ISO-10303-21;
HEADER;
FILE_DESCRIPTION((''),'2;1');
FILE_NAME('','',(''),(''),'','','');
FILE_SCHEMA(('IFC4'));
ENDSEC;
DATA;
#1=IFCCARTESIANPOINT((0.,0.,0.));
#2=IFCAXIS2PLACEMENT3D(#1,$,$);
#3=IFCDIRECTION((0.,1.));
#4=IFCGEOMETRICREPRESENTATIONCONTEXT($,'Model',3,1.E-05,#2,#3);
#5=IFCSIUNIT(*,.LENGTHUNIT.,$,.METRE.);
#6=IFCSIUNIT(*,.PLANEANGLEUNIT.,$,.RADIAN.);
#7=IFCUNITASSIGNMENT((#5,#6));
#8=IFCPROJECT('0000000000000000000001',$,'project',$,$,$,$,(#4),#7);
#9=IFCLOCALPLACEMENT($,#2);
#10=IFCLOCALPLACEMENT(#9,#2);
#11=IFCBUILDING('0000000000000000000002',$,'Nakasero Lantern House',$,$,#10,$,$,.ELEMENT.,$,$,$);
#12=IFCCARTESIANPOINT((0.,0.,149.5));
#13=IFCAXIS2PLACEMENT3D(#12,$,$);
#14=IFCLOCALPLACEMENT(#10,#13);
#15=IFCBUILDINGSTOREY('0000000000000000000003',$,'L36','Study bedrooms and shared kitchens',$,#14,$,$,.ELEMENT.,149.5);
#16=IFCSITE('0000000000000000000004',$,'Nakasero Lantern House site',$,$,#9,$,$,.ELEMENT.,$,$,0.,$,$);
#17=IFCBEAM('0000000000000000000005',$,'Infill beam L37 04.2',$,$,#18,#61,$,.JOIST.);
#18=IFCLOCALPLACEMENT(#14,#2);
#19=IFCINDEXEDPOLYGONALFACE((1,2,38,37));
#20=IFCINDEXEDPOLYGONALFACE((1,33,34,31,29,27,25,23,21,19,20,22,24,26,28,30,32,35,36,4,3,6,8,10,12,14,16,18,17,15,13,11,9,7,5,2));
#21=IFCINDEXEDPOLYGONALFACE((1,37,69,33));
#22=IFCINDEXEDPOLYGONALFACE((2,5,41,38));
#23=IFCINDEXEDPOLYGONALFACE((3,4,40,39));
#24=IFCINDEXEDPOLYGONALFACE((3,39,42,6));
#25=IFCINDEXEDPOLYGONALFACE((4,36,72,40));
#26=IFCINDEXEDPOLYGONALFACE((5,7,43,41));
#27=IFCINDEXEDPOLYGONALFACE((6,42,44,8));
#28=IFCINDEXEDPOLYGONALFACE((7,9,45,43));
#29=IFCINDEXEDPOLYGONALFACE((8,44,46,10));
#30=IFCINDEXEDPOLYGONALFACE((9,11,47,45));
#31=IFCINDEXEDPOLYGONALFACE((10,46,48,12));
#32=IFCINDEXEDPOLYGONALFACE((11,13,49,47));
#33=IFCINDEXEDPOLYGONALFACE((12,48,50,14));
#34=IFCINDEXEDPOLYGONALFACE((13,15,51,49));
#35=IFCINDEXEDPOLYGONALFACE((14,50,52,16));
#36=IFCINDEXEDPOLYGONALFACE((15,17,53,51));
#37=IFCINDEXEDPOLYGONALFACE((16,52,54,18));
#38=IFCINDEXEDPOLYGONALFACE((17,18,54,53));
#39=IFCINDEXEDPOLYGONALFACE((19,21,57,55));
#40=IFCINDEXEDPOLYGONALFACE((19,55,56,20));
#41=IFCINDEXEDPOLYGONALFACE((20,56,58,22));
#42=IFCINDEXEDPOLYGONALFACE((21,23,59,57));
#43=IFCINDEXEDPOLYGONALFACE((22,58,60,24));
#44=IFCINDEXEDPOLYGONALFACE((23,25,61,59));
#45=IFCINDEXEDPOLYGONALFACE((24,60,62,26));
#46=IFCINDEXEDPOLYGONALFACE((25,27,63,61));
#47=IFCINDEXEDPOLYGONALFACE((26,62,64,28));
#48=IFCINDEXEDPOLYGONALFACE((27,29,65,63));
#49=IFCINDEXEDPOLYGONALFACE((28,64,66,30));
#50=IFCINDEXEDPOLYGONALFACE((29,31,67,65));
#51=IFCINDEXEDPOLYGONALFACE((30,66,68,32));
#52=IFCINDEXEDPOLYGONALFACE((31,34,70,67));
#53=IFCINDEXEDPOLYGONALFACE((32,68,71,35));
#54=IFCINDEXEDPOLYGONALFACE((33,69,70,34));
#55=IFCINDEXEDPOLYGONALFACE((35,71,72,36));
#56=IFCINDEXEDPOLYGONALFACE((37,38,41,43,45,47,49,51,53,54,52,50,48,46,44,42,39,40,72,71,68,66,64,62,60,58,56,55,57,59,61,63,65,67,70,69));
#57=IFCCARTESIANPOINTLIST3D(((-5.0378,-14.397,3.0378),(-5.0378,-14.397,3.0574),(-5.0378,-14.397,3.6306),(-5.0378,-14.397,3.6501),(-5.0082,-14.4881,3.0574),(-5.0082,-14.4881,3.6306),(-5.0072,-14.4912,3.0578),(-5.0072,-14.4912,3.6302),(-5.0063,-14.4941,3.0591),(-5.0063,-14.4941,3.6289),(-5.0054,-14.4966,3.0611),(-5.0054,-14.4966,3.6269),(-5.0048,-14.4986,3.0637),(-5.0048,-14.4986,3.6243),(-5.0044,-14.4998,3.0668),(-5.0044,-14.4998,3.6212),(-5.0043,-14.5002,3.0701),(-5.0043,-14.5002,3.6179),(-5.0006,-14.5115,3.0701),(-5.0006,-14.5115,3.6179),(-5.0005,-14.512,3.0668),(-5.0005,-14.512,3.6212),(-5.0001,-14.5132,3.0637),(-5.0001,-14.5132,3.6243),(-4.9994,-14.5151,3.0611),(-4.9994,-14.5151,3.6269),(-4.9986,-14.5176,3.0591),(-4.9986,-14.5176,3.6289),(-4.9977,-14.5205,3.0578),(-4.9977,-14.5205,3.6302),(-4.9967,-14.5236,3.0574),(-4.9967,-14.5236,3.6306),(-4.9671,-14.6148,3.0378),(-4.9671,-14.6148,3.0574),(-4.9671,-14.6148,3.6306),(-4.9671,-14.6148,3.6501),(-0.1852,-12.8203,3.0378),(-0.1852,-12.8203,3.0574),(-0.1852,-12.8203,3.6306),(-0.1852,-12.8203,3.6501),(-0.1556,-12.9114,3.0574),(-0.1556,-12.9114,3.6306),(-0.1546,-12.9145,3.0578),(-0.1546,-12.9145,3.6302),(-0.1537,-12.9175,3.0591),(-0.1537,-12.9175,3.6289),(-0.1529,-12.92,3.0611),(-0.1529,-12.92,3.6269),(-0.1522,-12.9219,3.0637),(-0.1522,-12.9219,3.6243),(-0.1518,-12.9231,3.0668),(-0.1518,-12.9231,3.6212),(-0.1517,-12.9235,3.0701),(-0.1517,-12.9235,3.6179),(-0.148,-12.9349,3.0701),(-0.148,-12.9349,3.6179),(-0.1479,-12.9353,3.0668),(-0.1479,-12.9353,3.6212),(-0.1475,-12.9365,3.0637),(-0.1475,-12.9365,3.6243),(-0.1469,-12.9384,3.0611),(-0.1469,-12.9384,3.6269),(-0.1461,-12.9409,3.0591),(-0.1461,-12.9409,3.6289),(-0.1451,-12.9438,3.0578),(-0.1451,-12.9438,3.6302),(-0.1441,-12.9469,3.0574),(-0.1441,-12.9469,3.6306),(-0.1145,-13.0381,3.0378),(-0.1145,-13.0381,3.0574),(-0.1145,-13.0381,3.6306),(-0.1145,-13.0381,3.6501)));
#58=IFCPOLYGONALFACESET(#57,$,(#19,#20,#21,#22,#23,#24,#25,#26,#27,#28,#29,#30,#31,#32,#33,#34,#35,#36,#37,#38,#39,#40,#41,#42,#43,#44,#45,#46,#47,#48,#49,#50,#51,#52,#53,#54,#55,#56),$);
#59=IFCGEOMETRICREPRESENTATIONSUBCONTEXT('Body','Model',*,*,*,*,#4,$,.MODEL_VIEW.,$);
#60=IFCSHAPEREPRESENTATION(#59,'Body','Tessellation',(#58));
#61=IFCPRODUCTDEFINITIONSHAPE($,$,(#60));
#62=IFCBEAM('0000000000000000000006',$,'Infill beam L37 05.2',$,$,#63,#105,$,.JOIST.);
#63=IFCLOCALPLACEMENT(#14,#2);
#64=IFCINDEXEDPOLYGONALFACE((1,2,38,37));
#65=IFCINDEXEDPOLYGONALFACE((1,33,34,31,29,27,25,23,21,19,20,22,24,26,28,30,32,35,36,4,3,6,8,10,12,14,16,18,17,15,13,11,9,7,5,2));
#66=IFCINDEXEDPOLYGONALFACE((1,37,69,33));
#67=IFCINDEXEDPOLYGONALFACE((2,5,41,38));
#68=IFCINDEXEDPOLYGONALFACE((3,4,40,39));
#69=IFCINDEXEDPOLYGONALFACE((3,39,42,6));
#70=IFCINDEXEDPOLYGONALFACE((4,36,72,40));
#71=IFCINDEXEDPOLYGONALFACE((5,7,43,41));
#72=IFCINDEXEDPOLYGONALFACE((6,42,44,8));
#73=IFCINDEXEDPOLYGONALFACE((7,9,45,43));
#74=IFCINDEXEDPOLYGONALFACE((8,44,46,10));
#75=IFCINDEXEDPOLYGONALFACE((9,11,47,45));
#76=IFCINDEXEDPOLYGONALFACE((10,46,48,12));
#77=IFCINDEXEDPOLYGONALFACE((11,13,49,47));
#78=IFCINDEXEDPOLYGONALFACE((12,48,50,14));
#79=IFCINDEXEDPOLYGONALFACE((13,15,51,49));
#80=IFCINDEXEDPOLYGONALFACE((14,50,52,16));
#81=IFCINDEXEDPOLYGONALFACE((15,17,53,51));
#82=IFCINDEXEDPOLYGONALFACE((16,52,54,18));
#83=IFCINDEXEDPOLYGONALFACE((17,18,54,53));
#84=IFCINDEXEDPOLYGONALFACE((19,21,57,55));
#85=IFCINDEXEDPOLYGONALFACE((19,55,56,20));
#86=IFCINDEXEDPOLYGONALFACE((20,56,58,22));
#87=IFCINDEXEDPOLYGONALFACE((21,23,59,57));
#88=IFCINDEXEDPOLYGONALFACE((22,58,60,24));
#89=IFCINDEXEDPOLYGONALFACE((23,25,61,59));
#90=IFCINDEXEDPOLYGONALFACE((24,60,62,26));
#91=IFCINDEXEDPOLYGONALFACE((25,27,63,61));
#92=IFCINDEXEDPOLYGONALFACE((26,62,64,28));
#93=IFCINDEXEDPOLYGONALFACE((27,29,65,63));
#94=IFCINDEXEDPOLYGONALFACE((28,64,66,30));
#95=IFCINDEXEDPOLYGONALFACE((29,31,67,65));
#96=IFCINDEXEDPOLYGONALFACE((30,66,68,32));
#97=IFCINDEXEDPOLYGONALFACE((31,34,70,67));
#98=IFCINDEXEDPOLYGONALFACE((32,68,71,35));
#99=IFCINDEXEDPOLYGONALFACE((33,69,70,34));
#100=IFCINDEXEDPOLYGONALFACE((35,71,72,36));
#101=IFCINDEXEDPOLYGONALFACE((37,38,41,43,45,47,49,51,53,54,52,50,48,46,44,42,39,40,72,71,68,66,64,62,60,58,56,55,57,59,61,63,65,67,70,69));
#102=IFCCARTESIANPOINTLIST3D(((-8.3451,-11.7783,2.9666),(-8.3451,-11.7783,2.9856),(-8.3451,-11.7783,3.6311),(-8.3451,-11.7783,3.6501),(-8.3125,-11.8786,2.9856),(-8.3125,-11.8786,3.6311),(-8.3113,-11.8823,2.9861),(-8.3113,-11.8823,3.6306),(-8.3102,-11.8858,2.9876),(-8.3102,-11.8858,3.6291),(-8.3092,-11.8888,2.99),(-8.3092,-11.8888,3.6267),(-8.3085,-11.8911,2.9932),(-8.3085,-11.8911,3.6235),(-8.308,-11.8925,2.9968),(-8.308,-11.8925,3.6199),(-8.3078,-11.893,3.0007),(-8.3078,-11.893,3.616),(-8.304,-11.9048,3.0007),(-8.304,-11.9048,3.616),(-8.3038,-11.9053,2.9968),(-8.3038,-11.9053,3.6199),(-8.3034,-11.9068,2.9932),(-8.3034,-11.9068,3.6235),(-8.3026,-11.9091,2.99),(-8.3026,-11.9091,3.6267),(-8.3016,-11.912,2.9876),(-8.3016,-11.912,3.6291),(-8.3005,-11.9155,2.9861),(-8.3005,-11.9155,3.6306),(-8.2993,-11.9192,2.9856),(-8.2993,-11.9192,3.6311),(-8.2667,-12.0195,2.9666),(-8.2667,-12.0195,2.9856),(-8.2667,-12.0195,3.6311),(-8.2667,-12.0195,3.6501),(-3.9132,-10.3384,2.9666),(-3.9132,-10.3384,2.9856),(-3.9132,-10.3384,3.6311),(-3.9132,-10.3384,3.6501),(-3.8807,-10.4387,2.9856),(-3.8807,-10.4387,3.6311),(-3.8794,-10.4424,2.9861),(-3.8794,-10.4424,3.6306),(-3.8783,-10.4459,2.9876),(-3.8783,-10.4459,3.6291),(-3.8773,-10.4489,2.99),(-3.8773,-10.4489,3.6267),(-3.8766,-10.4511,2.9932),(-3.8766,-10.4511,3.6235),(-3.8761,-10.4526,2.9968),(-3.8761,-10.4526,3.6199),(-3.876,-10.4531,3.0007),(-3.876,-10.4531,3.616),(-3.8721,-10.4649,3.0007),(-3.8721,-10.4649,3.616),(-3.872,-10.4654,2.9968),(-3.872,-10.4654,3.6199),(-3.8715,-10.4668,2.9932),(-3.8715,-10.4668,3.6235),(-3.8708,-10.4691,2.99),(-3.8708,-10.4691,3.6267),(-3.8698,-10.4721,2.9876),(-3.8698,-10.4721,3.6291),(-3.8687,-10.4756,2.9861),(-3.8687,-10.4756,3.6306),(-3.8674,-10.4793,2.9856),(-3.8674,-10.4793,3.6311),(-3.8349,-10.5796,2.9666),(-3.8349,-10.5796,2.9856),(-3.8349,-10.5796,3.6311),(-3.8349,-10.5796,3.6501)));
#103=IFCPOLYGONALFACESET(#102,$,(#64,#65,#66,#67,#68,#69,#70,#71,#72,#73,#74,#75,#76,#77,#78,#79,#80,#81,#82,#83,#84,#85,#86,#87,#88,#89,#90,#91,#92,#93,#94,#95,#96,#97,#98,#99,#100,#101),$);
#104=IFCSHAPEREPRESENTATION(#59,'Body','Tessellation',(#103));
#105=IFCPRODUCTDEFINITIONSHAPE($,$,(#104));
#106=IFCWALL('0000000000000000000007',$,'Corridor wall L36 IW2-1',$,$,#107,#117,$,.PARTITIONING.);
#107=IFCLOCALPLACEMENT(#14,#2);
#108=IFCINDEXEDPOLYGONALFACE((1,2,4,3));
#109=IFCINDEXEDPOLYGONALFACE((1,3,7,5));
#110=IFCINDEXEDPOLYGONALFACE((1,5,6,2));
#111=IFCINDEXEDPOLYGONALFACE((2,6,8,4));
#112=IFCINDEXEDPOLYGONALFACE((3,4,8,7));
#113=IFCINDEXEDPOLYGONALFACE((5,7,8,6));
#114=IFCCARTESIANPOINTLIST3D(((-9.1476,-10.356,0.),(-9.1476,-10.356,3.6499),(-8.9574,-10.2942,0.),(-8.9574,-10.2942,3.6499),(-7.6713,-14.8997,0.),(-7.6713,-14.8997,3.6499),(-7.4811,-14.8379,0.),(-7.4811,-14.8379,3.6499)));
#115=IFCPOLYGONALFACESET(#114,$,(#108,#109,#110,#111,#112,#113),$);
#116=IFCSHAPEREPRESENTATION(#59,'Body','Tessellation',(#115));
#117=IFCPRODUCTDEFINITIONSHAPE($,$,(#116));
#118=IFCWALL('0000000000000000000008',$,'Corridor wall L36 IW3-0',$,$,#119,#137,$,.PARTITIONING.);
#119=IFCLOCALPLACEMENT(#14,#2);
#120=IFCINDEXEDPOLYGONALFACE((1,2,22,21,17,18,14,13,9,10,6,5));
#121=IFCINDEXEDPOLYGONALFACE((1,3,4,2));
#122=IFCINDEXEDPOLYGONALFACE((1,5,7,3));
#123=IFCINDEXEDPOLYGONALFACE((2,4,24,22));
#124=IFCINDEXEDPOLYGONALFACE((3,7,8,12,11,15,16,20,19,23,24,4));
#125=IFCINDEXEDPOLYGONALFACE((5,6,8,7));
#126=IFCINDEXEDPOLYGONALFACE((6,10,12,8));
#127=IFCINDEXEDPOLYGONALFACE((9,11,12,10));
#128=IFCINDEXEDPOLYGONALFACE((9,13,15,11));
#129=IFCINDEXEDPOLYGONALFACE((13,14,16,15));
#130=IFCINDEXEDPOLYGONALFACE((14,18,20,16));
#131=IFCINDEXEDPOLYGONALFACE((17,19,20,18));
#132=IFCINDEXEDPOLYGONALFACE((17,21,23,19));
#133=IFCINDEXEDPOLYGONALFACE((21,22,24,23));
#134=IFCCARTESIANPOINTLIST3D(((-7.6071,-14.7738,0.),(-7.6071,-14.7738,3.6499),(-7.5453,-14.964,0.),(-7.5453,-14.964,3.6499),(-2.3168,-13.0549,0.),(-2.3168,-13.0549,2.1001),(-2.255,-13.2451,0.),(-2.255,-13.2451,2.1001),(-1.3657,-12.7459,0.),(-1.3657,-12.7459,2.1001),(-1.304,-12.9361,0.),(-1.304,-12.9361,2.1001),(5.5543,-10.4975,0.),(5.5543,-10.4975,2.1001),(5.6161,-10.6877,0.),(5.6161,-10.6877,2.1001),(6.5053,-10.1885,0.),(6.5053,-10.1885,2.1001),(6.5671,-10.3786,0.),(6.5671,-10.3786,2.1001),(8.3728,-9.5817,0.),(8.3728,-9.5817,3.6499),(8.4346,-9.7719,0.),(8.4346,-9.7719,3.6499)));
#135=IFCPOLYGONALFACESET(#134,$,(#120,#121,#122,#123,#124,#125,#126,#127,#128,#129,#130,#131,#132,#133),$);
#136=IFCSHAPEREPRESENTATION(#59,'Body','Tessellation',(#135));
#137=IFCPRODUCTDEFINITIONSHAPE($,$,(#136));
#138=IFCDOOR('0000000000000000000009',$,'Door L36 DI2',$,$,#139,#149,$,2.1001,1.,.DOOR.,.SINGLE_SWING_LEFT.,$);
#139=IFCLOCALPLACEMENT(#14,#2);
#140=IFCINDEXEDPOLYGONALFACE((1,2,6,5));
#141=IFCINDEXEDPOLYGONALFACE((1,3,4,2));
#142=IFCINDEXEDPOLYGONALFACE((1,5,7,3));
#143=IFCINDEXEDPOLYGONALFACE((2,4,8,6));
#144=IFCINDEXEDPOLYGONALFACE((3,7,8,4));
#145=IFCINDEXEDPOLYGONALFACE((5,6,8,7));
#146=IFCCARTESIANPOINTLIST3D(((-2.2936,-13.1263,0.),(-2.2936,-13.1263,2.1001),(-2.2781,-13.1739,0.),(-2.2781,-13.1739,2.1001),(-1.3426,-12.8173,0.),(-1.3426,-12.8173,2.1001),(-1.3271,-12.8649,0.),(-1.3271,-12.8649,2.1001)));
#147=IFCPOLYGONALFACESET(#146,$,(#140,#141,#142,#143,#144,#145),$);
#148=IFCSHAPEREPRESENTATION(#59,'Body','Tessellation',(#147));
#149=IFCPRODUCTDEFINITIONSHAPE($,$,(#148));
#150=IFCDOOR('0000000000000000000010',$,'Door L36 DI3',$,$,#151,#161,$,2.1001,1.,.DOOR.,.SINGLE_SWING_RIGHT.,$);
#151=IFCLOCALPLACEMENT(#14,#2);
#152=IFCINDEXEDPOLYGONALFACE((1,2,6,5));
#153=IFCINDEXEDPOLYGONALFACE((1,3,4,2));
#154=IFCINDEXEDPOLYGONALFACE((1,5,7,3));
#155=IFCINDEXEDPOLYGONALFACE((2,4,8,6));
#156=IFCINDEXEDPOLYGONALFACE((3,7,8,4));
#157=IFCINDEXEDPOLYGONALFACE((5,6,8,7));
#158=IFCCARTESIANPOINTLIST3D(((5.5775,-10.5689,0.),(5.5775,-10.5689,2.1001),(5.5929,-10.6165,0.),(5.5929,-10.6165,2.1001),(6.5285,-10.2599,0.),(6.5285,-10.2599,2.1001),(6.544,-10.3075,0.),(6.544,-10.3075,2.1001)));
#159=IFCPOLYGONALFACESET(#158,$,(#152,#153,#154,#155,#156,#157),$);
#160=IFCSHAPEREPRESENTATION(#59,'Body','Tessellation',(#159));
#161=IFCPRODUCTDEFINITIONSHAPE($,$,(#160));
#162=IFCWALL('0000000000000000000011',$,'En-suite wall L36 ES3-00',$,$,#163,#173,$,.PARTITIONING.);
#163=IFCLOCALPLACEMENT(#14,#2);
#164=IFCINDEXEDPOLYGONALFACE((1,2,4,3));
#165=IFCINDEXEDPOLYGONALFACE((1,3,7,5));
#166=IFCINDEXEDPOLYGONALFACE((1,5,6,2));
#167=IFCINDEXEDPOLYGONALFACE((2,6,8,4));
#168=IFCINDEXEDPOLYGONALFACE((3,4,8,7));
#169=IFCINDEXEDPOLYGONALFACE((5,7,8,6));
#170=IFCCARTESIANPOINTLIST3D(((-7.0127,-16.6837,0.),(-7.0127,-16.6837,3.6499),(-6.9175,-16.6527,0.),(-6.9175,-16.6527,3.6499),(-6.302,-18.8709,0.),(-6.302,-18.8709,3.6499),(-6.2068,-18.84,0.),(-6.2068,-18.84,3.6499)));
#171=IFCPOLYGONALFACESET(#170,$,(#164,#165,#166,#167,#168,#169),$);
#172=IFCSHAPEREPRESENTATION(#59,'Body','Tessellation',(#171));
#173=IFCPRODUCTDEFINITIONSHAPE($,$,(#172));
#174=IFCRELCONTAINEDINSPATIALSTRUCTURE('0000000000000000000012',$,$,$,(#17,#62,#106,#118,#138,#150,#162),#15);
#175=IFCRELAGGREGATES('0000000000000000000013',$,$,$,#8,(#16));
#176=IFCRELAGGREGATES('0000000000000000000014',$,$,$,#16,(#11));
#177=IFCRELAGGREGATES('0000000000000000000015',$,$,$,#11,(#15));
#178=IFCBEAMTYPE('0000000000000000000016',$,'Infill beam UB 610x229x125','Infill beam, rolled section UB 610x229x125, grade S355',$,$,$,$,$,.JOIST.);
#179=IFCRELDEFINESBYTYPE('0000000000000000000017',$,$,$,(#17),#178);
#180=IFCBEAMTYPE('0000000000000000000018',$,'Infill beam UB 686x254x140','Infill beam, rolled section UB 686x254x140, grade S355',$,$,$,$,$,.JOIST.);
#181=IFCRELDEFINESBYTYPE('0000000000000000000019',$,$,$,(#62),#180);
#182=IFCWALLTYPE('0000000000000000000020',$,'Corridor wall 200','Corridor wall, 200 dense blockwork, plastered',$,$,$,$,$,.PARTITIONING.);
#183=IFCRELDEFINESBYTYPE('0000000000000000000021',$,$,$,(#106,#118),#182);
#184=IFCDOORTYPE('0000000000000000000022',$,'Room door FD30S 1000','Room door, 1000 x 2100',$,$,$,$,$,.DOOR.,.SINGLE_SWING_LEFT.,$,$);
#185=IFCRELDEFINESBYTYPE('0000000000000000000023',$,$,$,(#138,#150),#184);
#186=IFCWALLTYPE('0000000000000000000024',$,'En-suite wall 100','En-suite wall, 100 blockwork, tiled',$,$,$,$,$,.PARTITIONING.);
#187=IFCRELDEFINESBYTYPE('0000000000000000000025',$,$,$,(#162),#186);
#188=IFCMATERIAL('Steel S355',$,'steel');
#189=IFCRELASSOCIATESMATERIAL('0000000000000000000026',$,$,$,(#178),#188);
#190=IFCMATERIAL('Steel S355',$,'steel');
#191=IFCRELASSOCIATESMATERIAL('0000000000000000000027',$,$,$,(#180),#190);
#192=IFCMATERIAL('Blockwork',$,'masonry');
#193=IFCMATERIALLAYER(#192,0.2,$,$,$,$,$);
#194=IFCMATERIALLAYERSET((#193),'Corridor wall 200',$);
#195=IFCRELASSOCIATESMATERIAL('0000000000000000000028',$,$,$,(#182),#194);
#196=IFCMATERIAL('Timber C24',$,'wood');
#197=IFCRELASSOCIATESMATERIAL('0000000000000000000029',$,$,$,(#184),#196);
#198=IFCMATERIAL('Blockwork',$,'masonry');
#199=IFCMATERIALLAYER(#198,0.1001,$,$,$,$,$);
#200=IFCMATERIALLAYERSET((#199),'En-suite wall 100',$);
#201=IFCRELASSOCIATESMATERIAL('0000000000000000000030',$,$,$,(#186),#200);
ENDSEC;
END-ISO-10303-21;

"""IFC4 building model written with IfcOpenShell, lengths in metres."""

from ifc_helpers import new_model, si_unit, direction, frame, frame_2d, origin, origin_2d, place, context, subcontext, project, spatial, rectangle, i_section, extrude, material, layer, layer_set, material_profile, profile_set, type_object, element, fill, save


model = new_model("IFC4")

# Units and contexts
model_context = context("Model", 3, precision=1e-05, world=origin(), true_north=direction((0.0, 1.0)))
body_context = subcontext(model_context, "Body", "Model", "MODEL_VIEW")
ifc_project = project(units=[si_unit("LENGTHUNIT", "METRE"), si_unit("PLANEANGLEUNIT", "RADIAN")], contexts=[model_context])

# Site, building, storey
site_placement = place(None, origin())
site = spatial("IfcSite", under=ifc_project, at=site_placement, Name="Nakasero Lantern House site", CompositionType="ELEMENT", RefElevation=0.0)
building_placement = place(site_placement, origin())
building = spatial("IfcBuilding", under=site, at=building_placement, Name="Nakasero Lantern House", CompositionType="ELEMENT")
storey_placement = place(building_placement, frame((0.0, 0.0, 149.5)))
storey = spatial("IfcBuildingStorey", under=building, at=storey_placement, Name="L36", Description="Study bedrooms and shared kitchens", CompositionType="ELEMENT", Elevation=149.5)

# Beams
ifc_material_1 = material(Name="Steel S355", Category="steel")
ifc_material_profile_1 = material_profile(ifc_material_1, i_section(OverallWidth=0.229, OverallDepth=0.6123, WebThickness=0.012, FlangeThickness=0.0195, FilletRadius=0.0127, at=origin_2d()), Name="UB 610x229x125")
ifc_profile_set_1 = profile_set([ifc_material_profile_1], Name="Steel S355")
beam_type_1 = type_object("IfcBeamType", Name="Infill beam UB 610x229x125", Description="Infill beam, rolled section UB 610x229x125, grade S355", PredefinedType="JOIST", material=ifc_profile_set_1)
beam_1_placement = place(storey_placement, frame((-5.0024, -14.5059, 3.344), z_axis=(0.951058, 0.309012, 0.0), x_axis=(-0.309012, 0.951058, 0.0)))
element("IfcBeam", 1, at=beam_1_placement, inside=storey, type_object=beam_type_1, Name="Infill beam L37 04.2", PredefinedType="JOIST", context=body_context, shape_type="SweptSolid", body=[
    extrude(i_section(OverallWidth=0.229, OverallDepth=0.6123, WebThickness=0.012, FlangeThickness=0.0195, FilletRadius=0.0127, at=origin_2d()), origin(), (0.0, 0.0, 1.0), 5.1023),
])
ifc_material_2 = material(Name="Steel S355", Category="steel")
ifc_material_profile_2 = material_profile(ifc_material_2, i_section(OverallWidth=0.2537, OverallDepth=0.6836, WebThickness=0.0125, FlangeThickness=0.019, FilletRadius=0.0151, at=origin_2d()), Name="UB 686x254x140")
ifc_profile_set_2 = profile_set([ifc_material_profile_2], Name="Steel S355")
beam_type_2 = type_object("IfcBeamType", Name="Infill beam UB 686x254x140", Description="Infill beam, rolled section UB 686x254x140, grade S355", PredefinedType="JOIST", material=ifc_profile_set_2)
beam_2_placement = place(storey_placement, frame((-8.3059, -11.8989, 3.3083), z_axis=(0.951061, 0.309004, 0.0), x_axis=(-0.309004, 0.951061, 0.0)))
element("IfcBeam", 2, at=beam_2_placement, inside=storey, type_object=beam_type_2, Name="Infill beam L37 05.2", PredefinedType="JOIST", context=body_context, shape_type="SweptSolid", body=[
    extrude(i_section(OverallWidth=0.2537, OverallDepth=0.6836, WebThickness=0.0125, FlangeThickness=0.019, FilletRadius=0.0151, at=origin_2d()), origin(), (0.0, 0.0, 1.0), 4.6599),
])

# Shared definitions
ifc_material_3 = material(Name="Blockwork", Category="masonry")
ifc_layer_1 = layer(ifc_material_3, 0.2)
ifc_layer_set_1 = layer_set([ifc_layer_1], Name="Corridor wall 200")
wall_type_1 = type_object("IfcWallType", Name="Corridor wall 200", Description="Corridor wall, 200 dense blockwork, plastered", PredefinedType="PARTITIONING", material=ifc_layer_set_1)
ifc_material_4 = material(Name="Timber C24", Category="wood")
door_type_1 = type_object("IfcDoorType", Name="Room door FD30S 1000", Description="Room door, 1000 x 2100", OperationType="SINGLE_SWING_LEFT", PredefinedType="DOOR", material=ifc_material_4)

# Wall
wall_1_placement = place(storey_placement, frame((-9.0525, -10.3252, 0.0), z_axis=(0.0, 0.0, 1.0), x_axis=(0.309013, -0.951058, 0.0)))
element("IfcWall", 3, at=wall_1_placement, inside=storey, type_object=wall_type_1, Name="Corridor wall L36 IW2-1", PredefinedType="PARTITIONING", context=body_context, shape_type="SweptSolid", body=[
    extrude(rectangle(XDim=4.7776, YDim=0.2, at=frame_2d((2.3887, 0.0))), origin(), (0.0, 0.0, 1.0), 3.6499),
])

# Wall, openings, doors
wall_2_placement = place(storey_placement, frame((-7.5762, -14.8689, 0.0), z_axis=(0.0, 0.0, 1.0), x_axis=(0.951058, 0.309013, 0.0)))
wall_2 = element("IfcWall", 4, at=wall_2_placement, inside=storey, type_object=wall_type_1, Name="Corridor wall L36 IW3-0", PredefinedType="PARTITIONING", context=body_context, shape_type="SweptSolid", body=[
    extrude(rectangle(XDim=16.8022, YDim=0.2, at=frame_2d((8.4011, 0.0))), origin(), (0.0, 0.0, 1.0), 3.6499),
])
opening_1_placement = place(wall_2_placement, frame((5.5625, 0.0, 0.0)))
opening_1 = element("IfcOpeningElement", 5, at=opening_1_placement, cuts=wall_2, PredefinedType="OPENING", context=body_context, shape_type="SweptSolid", body=[
    extrude(rectangle(XDim=1.0, YDim=2.1001, at=frame_2d((0.5, 1.05))), frame((0.0, 0.1199, 0.0), z_axis=(0.0, -1.0, 0.0), x_axis=(1.0, 0.0, 0.0)), (0.0, 0.0, 1.0), 0.24),
])
opening_2_placement = place(wall_2_placement, frame((13.8386, 0.0, 0.0)))
opening_2 = element("IfcOpeningElement", 6, at=opening_2_placement, cuts=wall_2, PredefinedType="OPENING", context=body_context, shape_type="SweptSolid", body=[
    extrude(rectangle(XDim=1.0, YDim=2.1001, at=frame_2d((0.5, 1.05))), frame((0.0, 0.1199, 0.0), z_axis=(0.0, -1.0, 0.0), x_axis=(1.0, 0.0, 0.0)), (0.0, 0.0, 1.0), 0.24),
])
door_1_placement = place(opening_1_placement, origin())
door_1 = element("IfcDoor", 7, at=door_1_placement, inside=storey, type_object=door_type_1, Name="Door L36 DI2", OperationType="SINGLE_SWING_LEFT", OverallHeight=2.1001, OverallWidth=1.0, PredefinedType="DOOR", context=body_context, shape_type="SweptSolid", body=[
    extrude(rectangle(XDim=1.0, YDim=2.1001, at=frame_2d((0.5, 1.05))), frame((0.0, 0.0249, 0.0), z_axis=(0.0, -1.0, 0.0), x_axis=(1.0, 0.0, 0.0)), (0.0, 0.0, 1.0), 0.05),
])
fill(opening_1, door_1)
door_2_placement = place(opening_2_placement, origin())
door_2 = element("IfcDoor", 8, at=door_2_placement, inside=storey, type_object=door_type_1, Name="Door L36 DI3", OperationType="SINGLE_SWING_RIGHT", OverallHeight=2.1001, OverallWidth=1.0, PredefinedType="DOOR", context=body_context, shape_type="SweptSolid", body=[
    extrude(rectangle(XDim=1.0, YDim=2.1001, at=frame_2d((0.5, 1.05))), frame((0.0, 0.0249, 0.0), z_axis=(0.0, -1.0, 0.0), x_axis=(1.0, 0.0, 0.0)), (0.0, 0.0, 1.0), 0.05),
])
fill(opening_2, door_2)

# Wall
ifc_material_5 = material(Name="Blockwork", Category="masonry")
ifc_layer_2 = layer(ifc_material_5, 0.1001)
ifc_layer_set_2 = layer_set([ifc_layer_2], Name="En-suite wall 100")
wall_type_2 = type_object("IfcWallType", Name="En-suite wall 100", Description="En-suite wall, 100 blockwork, tiled", PredefinedType="PARTITIONING", material=ifc_layer_set_2)
wall_3_placement = place(storey_placement, frame((-6.9651, -16.6682, 0.0), z_axis=(0.0, 0.0, 1.0), x_axis=(0.309021, -0.951055, 0.0)))
element("IfcWall", 9, at=wall_3_placement, inside=storey, type_object=wall_type_2, Name="En-suite wall L36 ES3-00", PredefinedType="PARTITIONING", context=body_context, shape_type="SweptSolid", body=[
    extrude(rectangle(XDim=2.2998, YDim=0.1001, at=frame_2d((1.1499, 0.0))), origin(), (0.0, 0.0, 1.0), 3.6499),
])

save(model, "model.ifc")
